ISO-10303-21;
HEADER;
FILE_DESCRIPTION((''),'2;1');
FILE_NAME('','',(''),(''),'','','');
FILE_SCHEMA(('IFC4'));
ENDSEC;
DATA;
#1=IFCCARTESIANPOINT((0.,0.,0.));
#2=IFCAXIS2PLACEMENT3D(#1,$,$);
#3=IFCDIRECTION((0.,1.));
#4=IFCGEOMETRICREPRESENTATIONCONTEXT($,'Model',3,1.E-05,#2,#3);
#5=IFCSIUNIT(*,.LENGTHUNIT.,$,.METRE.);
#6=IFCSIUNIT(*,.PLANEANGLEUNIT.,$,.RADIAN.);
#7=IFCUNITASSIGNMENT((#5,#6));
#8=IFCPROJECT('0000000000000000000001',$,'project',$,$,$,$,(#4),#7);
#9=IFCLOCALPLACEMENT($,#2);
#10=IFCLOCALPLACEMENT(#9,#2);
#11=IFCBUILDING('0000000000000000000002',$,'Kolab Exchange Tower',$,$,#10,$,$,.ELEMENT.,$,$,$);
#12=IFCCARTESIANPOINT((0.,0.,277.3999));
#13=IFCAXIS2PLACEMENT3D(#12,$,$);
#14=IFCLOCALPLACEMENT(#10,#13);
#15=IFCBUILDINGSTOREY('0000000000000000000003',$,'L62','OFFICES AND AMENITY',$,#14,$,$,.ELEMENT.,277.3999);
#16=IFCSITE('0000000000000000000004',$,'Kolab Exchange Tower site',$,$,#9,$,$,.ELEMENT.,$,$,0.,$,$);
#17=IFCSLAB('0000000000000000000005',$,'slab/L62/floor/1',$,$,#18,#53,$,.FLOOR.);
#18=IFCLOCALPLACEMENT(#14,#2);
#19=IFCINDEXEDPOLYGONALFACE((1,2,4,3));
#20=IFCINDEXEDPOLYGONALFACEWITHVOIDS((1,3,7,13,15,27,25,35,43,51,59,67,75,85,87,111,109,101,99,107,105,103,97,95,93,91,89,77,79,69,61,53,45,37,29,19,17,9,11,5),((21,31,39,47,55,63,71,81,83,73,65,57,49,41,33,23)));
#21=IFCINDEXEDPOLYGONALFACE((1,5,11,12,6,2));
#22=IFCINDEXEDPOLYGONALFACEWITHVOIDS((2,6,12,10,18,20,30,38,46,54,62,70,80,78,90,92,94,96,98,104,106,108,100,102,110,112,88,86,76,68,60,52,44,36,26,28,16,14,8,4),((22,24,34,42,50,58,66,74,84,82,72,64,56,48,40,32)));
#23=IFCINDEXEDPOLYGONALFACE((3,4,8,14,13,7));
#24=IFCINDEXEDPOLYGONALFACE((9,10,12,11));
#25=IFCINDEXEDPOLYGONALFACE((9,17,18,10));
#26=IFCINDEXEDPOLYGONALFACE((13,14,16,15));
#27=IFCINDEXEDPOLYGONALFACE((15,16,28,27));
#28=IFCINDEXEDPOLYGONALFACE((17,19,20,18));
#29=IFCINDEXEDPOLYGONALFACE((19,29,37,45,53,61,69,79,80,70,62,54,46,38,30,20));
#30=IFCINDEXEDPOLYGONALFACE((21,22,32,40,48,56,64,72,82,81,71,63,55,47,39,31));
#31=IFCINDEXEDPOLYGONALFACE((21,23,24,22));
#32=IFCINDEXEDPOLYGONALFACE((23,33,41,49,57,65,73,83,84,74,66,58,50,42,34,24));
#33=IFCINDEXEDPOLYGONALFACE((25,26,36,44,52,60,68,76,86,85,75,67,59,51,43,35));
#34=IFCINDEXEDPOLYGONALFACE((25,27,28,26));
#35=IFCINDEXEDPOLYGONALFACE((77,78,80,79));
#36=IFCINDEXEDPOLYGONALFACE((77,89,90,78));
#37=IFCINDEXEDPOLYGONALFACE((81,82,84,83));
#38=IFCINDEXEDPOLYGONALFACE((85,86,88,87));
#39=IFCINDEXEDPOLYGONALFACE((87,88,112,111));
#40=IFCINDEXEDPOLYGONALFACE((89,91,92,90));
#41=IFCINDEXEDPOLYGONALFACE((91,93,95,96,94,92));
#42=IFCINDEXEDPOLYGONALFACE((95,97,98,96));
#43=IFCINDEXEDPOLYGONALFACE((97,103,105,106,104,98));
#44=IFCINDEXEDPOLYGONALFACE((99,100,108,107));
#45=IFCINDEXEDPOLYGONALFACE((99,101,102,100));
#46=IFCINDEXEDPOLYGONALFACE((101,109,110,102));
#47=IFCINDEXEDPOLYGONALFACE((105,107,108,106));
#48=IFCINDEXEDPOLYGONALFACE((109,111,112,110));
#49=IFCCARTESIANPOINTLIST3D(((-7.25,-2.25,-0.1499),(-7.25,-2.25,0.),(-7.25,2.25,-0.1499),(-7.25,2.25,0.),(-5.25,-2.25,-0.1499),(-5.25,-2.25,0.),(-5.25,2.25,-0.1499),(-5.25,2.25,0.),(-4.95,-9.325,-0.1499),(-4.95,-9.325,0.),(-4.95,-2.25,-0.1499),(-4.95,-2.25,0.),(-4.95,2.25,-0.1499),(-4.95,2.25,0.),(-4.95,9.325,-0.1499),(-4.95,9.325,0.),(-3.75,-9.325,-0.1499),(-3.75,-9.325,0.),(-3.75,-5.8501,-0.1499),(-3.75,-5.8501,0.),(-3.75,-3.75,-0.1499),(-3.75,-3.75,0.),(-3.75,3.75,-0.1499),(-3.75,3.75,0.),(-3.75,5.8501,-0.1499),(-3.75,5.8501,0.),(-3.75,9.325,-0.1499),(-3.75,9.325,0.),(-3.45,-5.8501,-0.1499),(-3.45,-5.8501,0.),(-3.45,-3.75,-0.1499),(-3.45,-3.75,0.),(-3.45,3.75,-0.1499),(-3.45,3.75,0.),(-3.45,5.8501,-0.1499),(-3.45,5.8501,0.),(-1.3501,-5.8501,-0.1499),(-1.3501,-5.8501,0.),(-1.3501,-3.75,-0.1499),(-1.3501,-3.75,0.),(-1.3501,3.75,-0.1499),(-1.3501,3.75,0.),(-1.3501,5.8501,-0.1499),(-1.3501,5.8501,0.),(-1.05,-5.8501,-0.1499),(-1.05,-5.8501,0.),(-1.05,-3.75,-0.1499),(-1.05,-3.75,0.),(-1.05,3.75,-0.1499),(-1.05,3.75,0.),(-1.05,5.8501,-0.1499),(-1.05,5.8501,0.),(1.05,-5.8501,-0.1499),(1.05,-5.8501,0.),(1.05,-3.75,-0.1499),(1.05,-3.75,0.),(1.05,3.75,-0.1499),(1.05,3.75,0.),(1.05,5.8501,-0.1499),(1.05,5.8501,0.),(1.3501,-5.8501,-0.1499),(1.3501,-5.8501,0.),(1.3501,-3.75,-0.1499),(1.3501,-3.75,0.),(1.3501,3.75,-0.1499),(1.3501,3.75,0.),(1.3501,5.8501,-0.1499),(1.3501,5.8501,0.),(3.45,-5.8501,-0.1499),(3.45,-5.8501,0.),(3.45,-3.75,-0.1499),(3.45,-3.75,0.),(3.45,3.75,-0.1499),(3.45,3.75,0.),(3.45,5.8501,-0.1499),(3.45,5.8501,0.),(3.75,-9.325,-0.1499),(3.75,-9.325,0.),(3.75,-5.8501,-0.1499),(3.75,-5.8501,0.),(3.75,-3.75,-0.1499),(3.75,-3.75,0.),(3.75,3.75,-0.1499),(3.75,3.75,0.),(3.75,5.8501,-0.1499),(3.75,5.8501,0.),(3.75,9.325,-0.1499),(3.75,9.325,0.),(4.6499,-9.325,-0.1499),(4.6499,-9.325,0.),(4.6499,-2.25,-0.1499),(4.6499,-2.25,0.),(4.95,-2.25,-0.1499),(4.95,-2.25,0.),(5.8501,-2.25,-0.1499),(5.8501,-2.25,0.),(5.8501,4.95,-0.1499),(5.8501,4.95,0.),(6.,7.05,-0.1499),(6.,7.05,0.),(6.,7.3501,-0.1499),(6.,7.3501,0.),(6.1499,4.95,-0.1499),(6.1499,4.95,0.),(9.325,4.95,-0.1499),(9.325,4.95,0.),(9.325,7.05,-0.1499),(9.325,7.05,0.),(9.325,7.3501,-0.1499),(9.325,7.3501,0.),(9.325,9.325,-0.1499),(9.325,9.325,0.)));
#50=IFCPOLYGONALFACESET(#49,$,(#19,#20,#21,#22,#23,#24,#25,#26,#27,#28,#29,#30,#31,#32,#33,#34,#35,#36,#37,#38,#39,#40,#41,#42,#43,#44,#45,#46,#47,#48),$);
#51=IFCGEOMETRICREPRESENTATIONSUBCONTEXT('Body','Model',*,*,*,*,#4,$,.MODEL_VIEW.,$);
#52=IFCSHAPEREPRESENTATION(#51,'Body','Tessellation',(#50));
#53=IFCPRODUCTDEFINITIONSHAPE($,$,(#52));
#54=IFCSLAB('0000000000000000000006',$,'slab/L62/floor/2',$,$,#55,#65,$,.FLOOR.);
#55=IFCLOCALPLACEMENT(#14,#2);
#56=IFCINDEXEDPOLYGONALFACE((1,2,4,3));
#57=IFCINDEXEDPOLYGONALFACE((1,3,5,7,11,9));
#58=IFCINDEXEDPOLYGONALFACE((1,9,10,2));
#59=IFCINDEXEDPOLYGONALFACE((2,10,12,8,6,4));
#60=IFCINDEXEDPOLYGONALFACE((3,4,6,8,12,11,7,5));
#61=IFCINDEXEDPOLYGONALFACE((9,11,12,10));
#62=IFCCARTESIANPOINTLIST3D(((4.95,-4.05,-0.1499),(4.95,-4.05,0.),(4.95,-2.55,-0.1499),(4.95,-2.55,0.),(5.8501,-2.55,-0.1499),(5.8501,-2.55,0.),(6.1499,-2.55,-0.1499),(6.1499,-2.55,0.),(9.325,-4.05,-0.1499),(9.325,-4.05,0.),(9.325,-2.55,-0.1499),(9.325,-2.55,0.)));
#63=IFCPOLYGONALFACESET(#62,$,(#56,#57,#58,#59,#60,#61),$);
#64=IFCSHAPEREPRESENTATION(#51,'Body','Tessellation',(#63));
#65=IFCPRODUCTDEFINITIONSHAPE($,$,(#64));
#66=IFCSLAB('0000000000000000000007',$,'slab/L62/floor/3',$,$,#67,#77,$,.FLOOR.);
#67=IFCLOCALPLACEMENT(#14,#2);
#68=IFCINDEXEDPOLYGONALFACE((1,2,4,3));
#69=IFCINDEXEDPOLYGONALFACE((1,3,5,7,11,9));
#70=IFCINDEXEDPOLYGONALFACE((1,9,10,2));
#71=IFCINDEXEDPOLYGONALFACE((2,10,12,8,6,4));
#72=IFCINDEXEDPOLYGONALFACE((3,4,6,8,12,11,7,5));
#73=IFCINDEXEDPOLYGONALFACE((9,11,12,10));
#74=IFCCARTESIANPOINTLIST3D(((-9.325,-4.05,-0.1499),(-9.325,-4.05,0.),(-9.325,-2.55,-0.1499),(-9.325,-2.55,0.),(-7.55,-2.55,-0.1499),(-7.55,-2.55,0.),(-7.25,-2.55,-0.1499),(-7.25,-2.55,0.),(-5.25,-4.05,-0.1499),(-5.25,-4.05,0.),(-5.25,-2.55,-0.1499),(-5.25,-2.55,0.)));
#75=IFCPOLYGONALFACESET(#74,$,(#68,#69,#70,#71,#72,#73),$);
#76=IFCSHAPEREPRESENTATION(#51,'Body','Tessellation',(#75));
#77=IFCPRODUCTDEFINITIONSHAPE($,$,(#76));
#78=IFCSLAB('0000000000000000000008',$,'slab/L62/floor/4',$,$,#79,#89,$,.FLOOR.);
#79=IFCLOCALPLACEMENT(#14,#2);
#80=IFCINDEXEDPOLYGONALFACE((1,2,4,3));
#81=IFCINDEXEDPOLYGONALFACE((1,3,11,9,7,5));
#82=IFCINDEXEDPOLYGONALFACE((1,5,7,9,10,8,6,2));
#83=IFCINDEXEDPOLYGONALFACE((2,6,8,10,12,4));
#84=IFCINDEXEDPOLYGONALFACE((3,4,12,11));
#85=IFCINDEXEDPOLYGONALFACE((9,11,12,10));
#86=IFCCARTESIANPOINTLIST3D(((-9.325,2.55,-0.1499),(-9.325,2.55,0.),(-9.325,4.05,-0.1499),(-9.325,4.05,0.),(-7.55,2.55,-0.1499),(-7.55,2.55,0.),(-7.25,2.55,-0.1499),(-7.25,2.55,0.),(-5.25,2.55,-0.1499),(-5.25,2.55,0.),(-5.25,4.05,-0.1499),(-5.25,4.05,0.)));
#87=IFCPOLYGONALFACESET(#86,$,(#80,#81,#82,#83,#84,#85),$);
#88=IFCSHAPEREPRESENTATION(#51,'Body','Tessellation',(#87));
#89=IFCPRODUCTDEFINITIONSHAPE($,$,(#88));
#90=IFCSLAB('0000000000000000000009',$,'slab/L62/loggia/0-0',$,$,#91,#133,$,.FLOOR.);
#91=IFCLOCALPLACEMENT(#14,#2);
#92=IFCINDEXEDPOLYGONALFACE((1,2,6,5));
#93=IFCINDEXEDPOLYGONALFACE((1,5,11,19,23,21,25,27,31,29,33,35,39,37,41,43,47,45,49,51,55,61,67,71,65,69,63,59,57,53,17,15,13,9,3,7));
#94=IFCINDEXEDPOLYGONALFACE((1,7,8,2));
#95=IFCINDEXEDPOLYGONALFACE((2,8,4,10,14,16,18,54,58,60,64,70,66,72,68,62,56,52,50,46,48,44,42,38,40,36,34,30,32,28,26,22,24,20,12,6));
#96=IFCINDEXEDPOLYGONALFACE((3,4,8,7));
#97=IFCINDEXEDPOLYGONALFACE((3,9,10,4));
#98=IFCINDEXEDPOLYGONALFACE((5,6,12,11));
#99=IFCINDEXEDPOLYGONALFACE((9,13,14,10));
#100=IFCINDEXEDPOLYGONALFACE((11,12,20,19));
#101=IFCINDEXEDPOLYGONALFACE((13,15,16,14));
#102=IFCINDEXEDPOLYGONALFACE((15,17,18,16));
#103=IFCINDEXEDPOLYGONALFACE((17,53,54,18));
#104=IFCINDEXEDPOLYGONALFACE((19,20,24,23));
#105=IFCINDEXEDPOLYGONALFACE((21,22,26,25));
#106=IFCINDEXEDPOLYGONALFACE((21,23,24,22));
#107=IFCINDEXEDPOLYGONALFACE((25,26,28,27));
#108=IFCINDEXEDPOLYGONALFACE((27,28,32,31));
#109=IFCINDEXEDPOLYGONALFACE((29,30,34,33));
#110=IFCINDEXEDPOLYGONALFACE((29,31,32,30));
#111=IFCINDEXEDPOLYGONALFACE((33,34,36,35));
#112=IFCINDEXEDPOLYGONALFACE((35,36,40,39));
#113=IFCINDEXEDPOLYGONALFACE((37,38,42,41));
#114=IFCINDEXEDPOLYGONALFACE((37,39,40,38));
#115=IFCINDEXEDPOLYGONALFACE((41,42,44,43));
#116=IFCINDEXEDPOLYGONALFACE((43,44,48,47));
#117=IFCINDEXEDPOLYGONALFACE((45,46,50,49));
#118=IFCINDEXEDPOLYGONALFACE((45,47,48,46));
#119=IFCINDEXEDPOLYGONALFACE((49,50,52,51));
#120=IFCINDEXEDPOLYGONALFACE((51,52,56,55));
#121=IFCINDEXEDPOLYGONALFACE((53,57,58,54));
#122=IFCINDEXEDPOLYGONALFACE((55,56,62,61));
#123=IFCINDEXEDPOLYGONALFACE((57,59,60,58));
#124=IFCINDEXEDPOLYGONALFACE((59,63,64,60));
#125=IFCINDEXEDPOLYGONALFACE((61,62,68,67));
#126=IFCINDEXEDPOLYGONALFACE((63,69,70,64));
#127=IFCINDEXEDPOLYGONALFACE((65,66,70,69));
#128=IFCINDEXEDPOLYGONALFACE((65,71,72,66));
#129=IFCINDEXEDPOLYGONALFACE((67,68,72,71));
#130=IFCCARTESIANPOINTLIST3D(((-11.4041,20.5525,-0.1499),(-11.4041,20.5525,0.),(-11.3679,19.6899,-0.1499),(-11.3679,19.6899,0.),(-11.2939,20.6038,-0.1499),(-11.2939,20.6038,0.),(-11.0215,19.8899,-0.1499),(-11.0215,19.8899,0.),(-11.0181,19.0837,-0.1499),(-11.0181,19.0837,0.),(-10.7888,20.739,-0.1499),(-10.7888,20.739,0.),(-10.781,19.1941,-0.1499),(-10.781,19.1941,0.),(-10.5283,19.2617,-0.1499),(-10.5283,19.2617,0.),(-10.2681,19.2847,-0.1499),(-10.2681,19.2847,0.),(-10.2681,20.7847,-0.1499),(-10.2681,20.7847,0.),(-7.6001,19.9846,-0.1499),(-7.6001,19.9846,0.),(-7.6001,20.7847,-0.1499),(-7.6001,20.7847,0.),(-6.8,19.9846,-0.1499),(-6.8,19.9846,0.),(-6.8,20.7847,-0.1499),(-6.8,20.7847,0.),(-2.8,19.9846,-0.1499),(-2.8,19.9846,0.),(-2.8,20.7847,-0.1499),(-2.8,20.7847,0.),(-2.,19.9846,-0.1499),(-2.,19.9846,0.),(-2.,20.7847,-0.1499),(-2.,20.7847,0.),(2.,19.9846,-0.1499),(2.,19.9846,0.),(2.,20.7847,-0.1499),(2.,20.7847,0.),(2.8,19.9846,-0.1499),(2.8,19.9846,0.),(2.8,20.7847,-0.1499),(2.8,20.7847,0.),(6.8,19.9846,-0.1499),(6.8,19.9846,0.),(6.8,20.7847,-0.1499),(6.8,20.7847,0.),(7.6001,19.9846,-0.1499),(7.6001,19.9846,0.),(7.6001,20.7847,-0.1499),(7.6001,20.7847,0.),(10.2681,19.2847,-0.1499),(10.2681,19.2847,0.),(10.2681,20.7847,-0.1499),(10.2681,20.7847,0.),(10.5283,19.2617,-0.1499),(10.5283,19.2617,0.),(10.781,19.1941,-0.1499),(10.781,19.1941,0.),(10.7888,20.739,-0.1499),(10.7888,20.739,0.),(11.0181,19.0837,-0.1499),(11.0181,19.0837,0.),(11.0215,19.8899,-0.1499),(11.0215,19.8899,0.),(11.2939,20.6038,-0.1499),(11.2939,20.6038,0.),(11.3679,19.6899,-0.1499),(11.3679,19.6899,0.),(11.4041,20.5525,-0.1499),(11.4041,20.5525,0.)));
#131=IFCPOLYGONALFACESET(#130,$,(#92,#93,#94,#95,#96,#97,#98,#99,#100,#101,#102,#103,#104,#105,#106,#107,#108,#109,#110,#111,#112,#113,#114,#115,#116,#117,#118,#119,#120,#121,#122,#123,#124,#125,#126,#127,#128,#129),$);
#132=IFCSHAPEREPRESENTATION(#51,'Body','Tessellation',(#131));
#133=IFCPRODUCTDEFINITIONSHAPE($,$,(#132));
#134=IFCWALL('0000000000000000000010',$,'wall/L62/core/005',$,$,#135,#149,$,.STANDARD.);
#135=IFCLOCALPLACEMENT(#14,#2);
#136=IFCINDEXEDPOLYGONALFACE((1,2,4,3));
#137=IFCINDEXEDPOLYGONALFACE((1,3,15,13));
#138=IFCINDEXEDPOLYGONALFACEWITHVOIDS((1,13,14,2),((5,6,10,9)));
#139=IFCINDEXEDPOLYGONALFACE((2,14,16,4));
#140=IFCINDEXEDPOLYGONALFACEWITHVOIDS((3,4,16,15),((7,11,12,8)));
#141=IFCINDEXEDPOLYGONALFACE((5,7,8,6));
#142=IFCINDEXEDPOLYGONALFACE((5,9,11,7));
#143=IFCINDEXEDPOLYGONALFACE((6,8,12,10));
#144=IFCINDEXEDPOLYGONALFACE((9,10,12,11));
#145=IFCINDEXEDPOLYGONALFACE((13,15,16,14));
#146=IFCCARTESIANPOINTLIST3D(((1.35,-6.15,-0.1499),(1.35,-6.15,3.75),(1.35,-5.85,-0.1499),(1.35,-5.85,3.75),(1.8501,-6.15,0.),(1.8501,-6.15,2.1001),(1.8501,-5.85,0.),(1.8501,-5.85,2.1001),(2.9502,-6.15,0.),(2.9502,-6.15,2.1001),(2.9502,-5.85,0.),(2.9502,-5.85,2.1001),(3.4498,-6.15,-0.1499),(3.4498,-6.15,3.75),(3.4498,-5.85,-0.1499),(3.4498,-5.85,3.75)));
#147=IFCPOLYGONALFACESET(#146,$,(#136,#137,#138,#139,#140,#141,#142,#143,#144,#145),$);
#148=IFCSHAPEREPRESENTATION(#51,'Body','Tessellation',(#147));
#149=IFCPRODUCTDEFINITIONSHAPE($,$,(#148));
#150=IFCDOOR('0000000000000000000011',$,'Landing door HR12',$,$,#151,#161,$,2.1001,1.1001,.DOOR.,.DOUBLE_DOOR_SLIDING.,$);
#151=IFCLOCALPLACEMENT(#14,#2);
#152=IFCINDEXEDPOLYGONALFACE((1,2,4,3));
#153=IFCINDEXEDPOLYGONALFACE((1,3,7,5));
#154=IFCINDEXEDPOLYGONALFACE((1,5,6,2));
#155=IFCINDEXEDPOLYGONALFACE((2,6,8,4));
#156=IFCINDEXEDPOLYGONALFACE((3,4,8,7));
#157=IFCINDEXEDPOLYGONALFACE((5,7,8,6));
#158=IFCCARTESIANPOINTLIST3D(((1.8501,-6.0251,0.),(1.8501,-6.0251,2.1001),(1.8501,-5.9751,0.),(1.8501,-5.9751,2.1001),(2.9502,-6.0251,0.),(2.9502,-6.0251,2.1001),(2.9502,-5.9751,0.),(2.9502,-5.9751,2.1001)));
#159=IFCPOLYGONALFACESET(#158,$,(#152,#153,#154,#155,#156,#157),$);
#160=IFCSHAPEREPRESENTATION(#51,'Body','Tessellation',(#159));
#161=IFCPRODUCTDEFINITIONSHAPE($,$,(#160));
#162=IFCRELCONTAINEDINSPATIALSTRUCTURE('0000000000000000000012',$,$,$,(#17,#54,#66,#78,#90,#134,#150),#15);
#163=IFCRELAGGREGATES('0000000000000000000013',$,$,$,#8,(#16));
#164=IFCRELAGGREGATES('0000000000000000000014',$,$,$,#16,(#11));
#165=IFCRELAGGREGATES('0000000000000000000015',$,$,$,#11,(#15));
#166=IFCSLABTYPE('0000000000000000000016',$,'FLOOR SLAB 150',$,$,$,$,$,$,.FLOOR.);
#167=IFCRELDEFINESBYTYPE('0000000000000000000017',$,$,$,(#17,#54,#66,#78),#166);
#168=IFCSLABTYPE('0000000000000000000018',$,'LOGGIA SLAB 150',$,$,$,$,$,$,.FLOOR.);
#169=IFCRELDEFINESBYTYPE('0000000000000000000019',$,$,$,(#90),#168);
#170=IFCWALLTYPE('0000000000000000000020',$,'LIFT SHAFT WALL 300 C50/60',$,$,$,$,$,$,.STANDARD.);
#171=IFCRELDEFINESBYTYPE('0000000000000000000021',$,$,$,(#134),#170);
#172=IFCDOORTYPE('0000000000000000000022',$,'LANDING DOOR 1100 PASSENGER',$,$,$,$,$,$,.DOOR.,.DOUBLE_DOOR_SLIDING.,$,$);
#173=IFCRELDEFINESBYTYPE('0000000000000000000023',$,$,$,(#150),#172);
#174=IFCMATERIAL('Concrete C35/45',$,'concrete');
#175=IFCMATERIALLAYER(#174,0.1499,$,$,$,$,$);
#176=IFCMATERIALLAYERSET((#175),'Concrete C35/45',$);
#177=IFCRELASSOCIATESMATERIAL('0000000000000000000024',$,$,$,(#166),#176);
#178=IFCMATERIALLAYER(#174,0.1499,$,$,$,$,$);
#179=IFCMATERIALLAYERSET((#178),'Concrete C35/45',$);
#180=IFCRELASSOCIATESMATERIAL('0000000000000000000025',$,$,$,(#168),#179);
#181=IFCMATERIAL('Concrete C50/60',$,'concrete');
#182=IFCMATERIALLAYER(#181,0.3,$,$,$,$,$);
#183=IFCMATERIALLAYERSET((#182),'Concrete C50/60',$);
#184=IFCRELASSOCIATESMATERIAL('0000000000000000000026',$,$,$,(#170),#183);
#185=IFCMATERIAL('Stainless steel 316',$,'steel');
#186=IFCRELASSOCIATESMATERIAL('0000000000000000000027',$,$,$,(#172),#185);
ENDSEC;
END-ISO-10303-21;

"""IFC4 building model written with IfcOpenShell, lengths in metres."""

from ifc_helpers import new_model, si_unit, direction, frame, frame_2d, origin, place, context, subcontext, project, spatial, polyline, rectangle, outline, extrude, material, layer, layer_set, type_object, element, fill, save


model = new_model("IFC4")

# Units and contexts
model_context = context("Model", 3, precision=1e-05, world=origin(), true_north=direction((0.0, 1.0)))
body_context = subcontext(model_context, "Body", "Model", "MODEL_VIEW")
ifc_project = project(units=[si_unit("LENGTHUNIT", "METRE"), si_unit("PLANEANGLEUNIT", "RADIAN")], contexts=[model_context])

# Site, building, storey
site_placement = place(None, origin())
site = spatial("IfcSite", under=ifc_project, at=site_placement, Name="Kolab Exchange Tower site", CompositionType="ELEMENT", RefElevation=0.0)
building_placement = place(site_placement, origin())
building = spatial("IfcBuilding", under=site, at=building_placement, Name="Kolab Exchange Tower", CompositionType="ELEMENT")
storey_placement = place(building_placement, frame((0.0, 0.0, 277.3999)))
storey = spatial("IfcBuildingStorey", under=building, at=storey_placement, Name="L62", Description="OFFICES AND AMENITY", CompositionType="ELEMENT", Elevation=277.3999)

# Slabs
ifc_material_1 = material(Name="Concrete C35/45", Category="concrete")
ifc_layer_1 = layer(ifc_material_1, 0.1499)
ifc_layer_set_1 = layer_set([ifc_layer_1], Name="Concrete C35/45")
slab_type_1 = type_object("IfcSlabType", Name="FLOOR SLAB 150", PredefinedType="FLOOR", material=ifc_layer_set_1)
slab_1_placement = place(storey_placement, frame((0.0, 0.0, -0.1499)))
element("IfcSlab", 1, at=slab_1_placement, inside=storey, type_object=slab_type_1, Name="slab/L62/floor/1", PredefinedType="FLOOR", context=body_context, shape_type="SweptSolid", body=[
    extrude(outline(polyline([(-4.95, 9.325), (-4.95, 2.25), (-5.25, 2.25), (-7.25, 2.25), (-7.25, -2.25), (-5.25, -2.25), (-4.95, -2.25), (-4.95, -9.325), (-3.75, -9.325), (-3.75, -5.8501), (-3.45, -5.8501), (-1.3501, -5.8501), (-1.05, -5.8501), (1.05, -5.8501), (1.3501, -5.8501), (3.45, -5.8501), (3.75, -5.8501), (3.75, -9.325), (4.6499, -9.325), (4.6499, -2.25), (4.95, -2.25), (5.8501, -2.25), (5.8501, 4.95), (6.1499, 4.95), (9.325, 4.95), (9.325, 7.05), (6.0, 7.05), (6.0, 7.3501), (9.325, 7.3501), (9.325, 9.325), (3.75, 9.325), (3.75, 5.8501), (3.45, 5.8501), (1.3501, 5.8501), (1.05, 5.8501), (-1.05, 5.8501), (-1.3501, 5.8501), (-3.45, 5.8501), (-3.75, 5.8501), (-3.75, 9.325), (-4.95, 9.325)]), holes=[polyline([(-3.45, -3.75), (-3.75, -3.75), (-3.75, 3.75), (-3.45, 3.75), (-1.3501, 3.75), (-1.05, 3.75), (1.05, 3.75), (1.3501, 3.75), (3.45, 3.75), (3.75, 3.75), (3.75, -3.75), (3.45, -3.75), (1.3501, -3.75), (1.05, -3.75), (-1.05, -3.75), (-1.3501, -3.75), (-3.45, -3.75)])]), origin(), (0.0, 0.0, 1.0), 0.1499),
])
slab_2_placement = place(storey_placement, frame((0.0, 0.0, -0.1499)))
element("IfcSlab", 2, at=slab_2_placement, inside=storey, type_object=slab_type_1, Name="slab/L62/floor/2", PredefinedType="FLOOR", context=body_context, shape_type="SweptSolid", body=[
    extrude(outline(polyline([(4.95, -2.55), (4.95, -4.05), (9.325, -4.05), (9.325, -2.55), (6.1499, -2.55), (5.8501, -2.55), (4.95, -2.55)])), origin(), (0.0, 0.0, 1.0), 0.1499),
])
slab_3_placement = place(storey_placement, frame((0.0, 0.0, -0.1499)))
element("IfcSlab", 3, at=slab_3_placement, inside=storey, type_object=slab_type_1, Name="slab/L62/floor/3", PredefinedType="FLOOR", context=body_context, shape_type="SweptSolid", body=[
    extrude(outline(polyline([(-7.55, -2.55), (-9.325, -2.55), (-9.325, -4.05), (-5.25, -4.05), (-5.25, -2.55), (-7.25, -2.55), (-7.55, -2.55)])), origin(), (0.0, 0.0, 1.0), 0.1499),
])
slab_4_placement = place(storey_placement, frame((0.0, 0.0, -0.1499)))
element("IfcSlab", 4, at=slab_4_placement, inside=storey, type_object=slab_type_1, Name="slab/L62/floor/4", PredefinedType="FLOOR", context=body_context, shape_type="SweptSolid", body=[
    extrude(outline(polyline([(-9.325, 4.05), (-9.325, 2.55), (-7.55, 2.55), (-7.25, 2.55), (-5.25, 2.55), (-5.25, 4.05), (-9.325, 4.05)])), origin(), (0.0, 0.0, 1.0), 0.1499),
])
ifc_layer_2 = layer(ifc_material_1, 0.1499)
ifc_layer_set_2 = layer_set([ifc_layer_2], Name="Concrete C35/45")
slab_type_2 = type_object("IfcSlabType", Name="LOGGIA SLAB 150", PredefinedType="FLOOR", material=ifc_layer_set_2)
slab_5_placement = place(storey_placement, frame((0.0, 0.0, -0.1499)))
element("IfcSlab", 5, at=slab_5_placement, inside=storey, type_object=slab_type_2, Name="slab/L62/loggia/0-0", PredefinedType="FLOOR", context=body_context, shape_type="SweptSolid", body=[
    extrude(outline(polyline([(11.0181, 19.0837), (11.3679, 19.6899), (11.0215, 19.8899), (11.4041, 20.5525), (11.2939, 20.6038), (10.7888, 20.739), (10.2681, 20.7847), (7.6001, 20.7847), (7.6001, 19.9846), (6.8, 19.9846), (6.8, 20.7847), (2.8, 20.7847), (2.8, 19.9846), (2.0, 19.9846), (2.0, 20.7847), (-2.0, 20.7847), (-2.0, 19.9846), (-2.8, 19.9846), (-2.8, 20.7847), (-6.8, 20.7847), (-6.8, 19.9846), (-7.6001, 19.9846), (-7.6001, 20.7847), (-10.2681, 20.7847), (-10.7888, 20.739), (-11.2939, 20.6038), (-11.4041, 20.5525), (-11.0215, 19.8899), (-11.3679, 19.6899), (-11.0181, 19.0837), (-10.781, 19.1941), (-10.5283, 19.2617), (-10.2681, 19.2847), (10.2681, 19.2847), (10.5283, 19.2617), (10.781, 19.1941), (11.0181, 19.0837)])), origin(), (0.0, 0.0, 1.0), 0.1499),
])

# Wall, opening, door
ifc_material_2 = material(Name="Concrete C50/60", Category="concrete")
ifc_layer_3 = layer(ifc_material_2, 0.3)
ifc_layer_set_3 = layer_set([ifc_layer_3], Name="Concrete C50/60")
wall_type_1 = type_object("IfcWallType", Name="LIFT SHAFT WALL 300 C50/60", PredefinedType="STANDARD", material=ifc_layer_set_3)
wall_1_placement = place(storey_placement, frame((1.3501, -6.0, -0.1499), z_axis=(0.0, 0.0, 1.0), x_axis=(1.0, 0.0, 0.0)))
wall_1 = element("IfcWall", 6, at=wall_1_placement, inside=storey, type_object=wall_type_1, Name="wall/L62/core/005", PredefinedType="STANDARD", context=body_context, shape_type="SweptSolid", body=[
    extrude(rectangle(XDim=2.0999, YDim=0.3, at=frame_2d((1.0498, 0.0))), origin(), (0.0, 0.0, 1.0), 3.8999),
])
opening_1_placement = place(wall_1_placement, frame((0.5, 0.0, 0.1499)))
opening_1 = element("IfcOpeningElement", 7, at=opening_1_placement, cuts=wall_1, PredefinedType="OPENING", context=body_context, shape_type="SweptSolid", body=[
    extrude(rectangle(XDim=1.1001, YDim=2.1001, at=frame_2d((0.55, 1.05))), frame((0.0, 0.1602, 0.0), z_axis=(0.0, -1.0, 0.0), x_axis=(1.0, 0.0, 0.0)), (0.0, 0.0, 1.0), 0.3201),
])
ifc_material_3 = material(Name="Stainless steel 316", Category="steel")
door_type_1 = type_object("IfcDoorType", Name="LANDING DOOR 1100 PASSENGER", OperationType="DOUBLE_DOOR_SLIDING", PredefinedType="DOOR", material=ifc_material_3)
door_1_placement = place(opening_1_placement, origin())
door_1 = element("IfcDoor", 8, at=door_1_placement, inside=storey, type_object=door_type_1, Name="Landing door HR12", OperationType="DOUBLE_DOOR_SLIDING", OverallHeight=2.1001, OverallWidth=1.1001, PredefinedType="DOOR", context=body_context, shape_type="SweptSolid", body=[
    extrude(rectangle(XDim=1.1001, YDim=2.1001, at=frame_2d((0.55, 1.05))), frame((0.0, 0.0249, 0.0), z_axis=(0.0, -1.0, 0.0), x_axis=(1.0, 0.0, 0.0)), (0.0, 0.0, 1.0), 0.05),
])
fill(opening_1, door_1)

save(model, "model.ifc")
